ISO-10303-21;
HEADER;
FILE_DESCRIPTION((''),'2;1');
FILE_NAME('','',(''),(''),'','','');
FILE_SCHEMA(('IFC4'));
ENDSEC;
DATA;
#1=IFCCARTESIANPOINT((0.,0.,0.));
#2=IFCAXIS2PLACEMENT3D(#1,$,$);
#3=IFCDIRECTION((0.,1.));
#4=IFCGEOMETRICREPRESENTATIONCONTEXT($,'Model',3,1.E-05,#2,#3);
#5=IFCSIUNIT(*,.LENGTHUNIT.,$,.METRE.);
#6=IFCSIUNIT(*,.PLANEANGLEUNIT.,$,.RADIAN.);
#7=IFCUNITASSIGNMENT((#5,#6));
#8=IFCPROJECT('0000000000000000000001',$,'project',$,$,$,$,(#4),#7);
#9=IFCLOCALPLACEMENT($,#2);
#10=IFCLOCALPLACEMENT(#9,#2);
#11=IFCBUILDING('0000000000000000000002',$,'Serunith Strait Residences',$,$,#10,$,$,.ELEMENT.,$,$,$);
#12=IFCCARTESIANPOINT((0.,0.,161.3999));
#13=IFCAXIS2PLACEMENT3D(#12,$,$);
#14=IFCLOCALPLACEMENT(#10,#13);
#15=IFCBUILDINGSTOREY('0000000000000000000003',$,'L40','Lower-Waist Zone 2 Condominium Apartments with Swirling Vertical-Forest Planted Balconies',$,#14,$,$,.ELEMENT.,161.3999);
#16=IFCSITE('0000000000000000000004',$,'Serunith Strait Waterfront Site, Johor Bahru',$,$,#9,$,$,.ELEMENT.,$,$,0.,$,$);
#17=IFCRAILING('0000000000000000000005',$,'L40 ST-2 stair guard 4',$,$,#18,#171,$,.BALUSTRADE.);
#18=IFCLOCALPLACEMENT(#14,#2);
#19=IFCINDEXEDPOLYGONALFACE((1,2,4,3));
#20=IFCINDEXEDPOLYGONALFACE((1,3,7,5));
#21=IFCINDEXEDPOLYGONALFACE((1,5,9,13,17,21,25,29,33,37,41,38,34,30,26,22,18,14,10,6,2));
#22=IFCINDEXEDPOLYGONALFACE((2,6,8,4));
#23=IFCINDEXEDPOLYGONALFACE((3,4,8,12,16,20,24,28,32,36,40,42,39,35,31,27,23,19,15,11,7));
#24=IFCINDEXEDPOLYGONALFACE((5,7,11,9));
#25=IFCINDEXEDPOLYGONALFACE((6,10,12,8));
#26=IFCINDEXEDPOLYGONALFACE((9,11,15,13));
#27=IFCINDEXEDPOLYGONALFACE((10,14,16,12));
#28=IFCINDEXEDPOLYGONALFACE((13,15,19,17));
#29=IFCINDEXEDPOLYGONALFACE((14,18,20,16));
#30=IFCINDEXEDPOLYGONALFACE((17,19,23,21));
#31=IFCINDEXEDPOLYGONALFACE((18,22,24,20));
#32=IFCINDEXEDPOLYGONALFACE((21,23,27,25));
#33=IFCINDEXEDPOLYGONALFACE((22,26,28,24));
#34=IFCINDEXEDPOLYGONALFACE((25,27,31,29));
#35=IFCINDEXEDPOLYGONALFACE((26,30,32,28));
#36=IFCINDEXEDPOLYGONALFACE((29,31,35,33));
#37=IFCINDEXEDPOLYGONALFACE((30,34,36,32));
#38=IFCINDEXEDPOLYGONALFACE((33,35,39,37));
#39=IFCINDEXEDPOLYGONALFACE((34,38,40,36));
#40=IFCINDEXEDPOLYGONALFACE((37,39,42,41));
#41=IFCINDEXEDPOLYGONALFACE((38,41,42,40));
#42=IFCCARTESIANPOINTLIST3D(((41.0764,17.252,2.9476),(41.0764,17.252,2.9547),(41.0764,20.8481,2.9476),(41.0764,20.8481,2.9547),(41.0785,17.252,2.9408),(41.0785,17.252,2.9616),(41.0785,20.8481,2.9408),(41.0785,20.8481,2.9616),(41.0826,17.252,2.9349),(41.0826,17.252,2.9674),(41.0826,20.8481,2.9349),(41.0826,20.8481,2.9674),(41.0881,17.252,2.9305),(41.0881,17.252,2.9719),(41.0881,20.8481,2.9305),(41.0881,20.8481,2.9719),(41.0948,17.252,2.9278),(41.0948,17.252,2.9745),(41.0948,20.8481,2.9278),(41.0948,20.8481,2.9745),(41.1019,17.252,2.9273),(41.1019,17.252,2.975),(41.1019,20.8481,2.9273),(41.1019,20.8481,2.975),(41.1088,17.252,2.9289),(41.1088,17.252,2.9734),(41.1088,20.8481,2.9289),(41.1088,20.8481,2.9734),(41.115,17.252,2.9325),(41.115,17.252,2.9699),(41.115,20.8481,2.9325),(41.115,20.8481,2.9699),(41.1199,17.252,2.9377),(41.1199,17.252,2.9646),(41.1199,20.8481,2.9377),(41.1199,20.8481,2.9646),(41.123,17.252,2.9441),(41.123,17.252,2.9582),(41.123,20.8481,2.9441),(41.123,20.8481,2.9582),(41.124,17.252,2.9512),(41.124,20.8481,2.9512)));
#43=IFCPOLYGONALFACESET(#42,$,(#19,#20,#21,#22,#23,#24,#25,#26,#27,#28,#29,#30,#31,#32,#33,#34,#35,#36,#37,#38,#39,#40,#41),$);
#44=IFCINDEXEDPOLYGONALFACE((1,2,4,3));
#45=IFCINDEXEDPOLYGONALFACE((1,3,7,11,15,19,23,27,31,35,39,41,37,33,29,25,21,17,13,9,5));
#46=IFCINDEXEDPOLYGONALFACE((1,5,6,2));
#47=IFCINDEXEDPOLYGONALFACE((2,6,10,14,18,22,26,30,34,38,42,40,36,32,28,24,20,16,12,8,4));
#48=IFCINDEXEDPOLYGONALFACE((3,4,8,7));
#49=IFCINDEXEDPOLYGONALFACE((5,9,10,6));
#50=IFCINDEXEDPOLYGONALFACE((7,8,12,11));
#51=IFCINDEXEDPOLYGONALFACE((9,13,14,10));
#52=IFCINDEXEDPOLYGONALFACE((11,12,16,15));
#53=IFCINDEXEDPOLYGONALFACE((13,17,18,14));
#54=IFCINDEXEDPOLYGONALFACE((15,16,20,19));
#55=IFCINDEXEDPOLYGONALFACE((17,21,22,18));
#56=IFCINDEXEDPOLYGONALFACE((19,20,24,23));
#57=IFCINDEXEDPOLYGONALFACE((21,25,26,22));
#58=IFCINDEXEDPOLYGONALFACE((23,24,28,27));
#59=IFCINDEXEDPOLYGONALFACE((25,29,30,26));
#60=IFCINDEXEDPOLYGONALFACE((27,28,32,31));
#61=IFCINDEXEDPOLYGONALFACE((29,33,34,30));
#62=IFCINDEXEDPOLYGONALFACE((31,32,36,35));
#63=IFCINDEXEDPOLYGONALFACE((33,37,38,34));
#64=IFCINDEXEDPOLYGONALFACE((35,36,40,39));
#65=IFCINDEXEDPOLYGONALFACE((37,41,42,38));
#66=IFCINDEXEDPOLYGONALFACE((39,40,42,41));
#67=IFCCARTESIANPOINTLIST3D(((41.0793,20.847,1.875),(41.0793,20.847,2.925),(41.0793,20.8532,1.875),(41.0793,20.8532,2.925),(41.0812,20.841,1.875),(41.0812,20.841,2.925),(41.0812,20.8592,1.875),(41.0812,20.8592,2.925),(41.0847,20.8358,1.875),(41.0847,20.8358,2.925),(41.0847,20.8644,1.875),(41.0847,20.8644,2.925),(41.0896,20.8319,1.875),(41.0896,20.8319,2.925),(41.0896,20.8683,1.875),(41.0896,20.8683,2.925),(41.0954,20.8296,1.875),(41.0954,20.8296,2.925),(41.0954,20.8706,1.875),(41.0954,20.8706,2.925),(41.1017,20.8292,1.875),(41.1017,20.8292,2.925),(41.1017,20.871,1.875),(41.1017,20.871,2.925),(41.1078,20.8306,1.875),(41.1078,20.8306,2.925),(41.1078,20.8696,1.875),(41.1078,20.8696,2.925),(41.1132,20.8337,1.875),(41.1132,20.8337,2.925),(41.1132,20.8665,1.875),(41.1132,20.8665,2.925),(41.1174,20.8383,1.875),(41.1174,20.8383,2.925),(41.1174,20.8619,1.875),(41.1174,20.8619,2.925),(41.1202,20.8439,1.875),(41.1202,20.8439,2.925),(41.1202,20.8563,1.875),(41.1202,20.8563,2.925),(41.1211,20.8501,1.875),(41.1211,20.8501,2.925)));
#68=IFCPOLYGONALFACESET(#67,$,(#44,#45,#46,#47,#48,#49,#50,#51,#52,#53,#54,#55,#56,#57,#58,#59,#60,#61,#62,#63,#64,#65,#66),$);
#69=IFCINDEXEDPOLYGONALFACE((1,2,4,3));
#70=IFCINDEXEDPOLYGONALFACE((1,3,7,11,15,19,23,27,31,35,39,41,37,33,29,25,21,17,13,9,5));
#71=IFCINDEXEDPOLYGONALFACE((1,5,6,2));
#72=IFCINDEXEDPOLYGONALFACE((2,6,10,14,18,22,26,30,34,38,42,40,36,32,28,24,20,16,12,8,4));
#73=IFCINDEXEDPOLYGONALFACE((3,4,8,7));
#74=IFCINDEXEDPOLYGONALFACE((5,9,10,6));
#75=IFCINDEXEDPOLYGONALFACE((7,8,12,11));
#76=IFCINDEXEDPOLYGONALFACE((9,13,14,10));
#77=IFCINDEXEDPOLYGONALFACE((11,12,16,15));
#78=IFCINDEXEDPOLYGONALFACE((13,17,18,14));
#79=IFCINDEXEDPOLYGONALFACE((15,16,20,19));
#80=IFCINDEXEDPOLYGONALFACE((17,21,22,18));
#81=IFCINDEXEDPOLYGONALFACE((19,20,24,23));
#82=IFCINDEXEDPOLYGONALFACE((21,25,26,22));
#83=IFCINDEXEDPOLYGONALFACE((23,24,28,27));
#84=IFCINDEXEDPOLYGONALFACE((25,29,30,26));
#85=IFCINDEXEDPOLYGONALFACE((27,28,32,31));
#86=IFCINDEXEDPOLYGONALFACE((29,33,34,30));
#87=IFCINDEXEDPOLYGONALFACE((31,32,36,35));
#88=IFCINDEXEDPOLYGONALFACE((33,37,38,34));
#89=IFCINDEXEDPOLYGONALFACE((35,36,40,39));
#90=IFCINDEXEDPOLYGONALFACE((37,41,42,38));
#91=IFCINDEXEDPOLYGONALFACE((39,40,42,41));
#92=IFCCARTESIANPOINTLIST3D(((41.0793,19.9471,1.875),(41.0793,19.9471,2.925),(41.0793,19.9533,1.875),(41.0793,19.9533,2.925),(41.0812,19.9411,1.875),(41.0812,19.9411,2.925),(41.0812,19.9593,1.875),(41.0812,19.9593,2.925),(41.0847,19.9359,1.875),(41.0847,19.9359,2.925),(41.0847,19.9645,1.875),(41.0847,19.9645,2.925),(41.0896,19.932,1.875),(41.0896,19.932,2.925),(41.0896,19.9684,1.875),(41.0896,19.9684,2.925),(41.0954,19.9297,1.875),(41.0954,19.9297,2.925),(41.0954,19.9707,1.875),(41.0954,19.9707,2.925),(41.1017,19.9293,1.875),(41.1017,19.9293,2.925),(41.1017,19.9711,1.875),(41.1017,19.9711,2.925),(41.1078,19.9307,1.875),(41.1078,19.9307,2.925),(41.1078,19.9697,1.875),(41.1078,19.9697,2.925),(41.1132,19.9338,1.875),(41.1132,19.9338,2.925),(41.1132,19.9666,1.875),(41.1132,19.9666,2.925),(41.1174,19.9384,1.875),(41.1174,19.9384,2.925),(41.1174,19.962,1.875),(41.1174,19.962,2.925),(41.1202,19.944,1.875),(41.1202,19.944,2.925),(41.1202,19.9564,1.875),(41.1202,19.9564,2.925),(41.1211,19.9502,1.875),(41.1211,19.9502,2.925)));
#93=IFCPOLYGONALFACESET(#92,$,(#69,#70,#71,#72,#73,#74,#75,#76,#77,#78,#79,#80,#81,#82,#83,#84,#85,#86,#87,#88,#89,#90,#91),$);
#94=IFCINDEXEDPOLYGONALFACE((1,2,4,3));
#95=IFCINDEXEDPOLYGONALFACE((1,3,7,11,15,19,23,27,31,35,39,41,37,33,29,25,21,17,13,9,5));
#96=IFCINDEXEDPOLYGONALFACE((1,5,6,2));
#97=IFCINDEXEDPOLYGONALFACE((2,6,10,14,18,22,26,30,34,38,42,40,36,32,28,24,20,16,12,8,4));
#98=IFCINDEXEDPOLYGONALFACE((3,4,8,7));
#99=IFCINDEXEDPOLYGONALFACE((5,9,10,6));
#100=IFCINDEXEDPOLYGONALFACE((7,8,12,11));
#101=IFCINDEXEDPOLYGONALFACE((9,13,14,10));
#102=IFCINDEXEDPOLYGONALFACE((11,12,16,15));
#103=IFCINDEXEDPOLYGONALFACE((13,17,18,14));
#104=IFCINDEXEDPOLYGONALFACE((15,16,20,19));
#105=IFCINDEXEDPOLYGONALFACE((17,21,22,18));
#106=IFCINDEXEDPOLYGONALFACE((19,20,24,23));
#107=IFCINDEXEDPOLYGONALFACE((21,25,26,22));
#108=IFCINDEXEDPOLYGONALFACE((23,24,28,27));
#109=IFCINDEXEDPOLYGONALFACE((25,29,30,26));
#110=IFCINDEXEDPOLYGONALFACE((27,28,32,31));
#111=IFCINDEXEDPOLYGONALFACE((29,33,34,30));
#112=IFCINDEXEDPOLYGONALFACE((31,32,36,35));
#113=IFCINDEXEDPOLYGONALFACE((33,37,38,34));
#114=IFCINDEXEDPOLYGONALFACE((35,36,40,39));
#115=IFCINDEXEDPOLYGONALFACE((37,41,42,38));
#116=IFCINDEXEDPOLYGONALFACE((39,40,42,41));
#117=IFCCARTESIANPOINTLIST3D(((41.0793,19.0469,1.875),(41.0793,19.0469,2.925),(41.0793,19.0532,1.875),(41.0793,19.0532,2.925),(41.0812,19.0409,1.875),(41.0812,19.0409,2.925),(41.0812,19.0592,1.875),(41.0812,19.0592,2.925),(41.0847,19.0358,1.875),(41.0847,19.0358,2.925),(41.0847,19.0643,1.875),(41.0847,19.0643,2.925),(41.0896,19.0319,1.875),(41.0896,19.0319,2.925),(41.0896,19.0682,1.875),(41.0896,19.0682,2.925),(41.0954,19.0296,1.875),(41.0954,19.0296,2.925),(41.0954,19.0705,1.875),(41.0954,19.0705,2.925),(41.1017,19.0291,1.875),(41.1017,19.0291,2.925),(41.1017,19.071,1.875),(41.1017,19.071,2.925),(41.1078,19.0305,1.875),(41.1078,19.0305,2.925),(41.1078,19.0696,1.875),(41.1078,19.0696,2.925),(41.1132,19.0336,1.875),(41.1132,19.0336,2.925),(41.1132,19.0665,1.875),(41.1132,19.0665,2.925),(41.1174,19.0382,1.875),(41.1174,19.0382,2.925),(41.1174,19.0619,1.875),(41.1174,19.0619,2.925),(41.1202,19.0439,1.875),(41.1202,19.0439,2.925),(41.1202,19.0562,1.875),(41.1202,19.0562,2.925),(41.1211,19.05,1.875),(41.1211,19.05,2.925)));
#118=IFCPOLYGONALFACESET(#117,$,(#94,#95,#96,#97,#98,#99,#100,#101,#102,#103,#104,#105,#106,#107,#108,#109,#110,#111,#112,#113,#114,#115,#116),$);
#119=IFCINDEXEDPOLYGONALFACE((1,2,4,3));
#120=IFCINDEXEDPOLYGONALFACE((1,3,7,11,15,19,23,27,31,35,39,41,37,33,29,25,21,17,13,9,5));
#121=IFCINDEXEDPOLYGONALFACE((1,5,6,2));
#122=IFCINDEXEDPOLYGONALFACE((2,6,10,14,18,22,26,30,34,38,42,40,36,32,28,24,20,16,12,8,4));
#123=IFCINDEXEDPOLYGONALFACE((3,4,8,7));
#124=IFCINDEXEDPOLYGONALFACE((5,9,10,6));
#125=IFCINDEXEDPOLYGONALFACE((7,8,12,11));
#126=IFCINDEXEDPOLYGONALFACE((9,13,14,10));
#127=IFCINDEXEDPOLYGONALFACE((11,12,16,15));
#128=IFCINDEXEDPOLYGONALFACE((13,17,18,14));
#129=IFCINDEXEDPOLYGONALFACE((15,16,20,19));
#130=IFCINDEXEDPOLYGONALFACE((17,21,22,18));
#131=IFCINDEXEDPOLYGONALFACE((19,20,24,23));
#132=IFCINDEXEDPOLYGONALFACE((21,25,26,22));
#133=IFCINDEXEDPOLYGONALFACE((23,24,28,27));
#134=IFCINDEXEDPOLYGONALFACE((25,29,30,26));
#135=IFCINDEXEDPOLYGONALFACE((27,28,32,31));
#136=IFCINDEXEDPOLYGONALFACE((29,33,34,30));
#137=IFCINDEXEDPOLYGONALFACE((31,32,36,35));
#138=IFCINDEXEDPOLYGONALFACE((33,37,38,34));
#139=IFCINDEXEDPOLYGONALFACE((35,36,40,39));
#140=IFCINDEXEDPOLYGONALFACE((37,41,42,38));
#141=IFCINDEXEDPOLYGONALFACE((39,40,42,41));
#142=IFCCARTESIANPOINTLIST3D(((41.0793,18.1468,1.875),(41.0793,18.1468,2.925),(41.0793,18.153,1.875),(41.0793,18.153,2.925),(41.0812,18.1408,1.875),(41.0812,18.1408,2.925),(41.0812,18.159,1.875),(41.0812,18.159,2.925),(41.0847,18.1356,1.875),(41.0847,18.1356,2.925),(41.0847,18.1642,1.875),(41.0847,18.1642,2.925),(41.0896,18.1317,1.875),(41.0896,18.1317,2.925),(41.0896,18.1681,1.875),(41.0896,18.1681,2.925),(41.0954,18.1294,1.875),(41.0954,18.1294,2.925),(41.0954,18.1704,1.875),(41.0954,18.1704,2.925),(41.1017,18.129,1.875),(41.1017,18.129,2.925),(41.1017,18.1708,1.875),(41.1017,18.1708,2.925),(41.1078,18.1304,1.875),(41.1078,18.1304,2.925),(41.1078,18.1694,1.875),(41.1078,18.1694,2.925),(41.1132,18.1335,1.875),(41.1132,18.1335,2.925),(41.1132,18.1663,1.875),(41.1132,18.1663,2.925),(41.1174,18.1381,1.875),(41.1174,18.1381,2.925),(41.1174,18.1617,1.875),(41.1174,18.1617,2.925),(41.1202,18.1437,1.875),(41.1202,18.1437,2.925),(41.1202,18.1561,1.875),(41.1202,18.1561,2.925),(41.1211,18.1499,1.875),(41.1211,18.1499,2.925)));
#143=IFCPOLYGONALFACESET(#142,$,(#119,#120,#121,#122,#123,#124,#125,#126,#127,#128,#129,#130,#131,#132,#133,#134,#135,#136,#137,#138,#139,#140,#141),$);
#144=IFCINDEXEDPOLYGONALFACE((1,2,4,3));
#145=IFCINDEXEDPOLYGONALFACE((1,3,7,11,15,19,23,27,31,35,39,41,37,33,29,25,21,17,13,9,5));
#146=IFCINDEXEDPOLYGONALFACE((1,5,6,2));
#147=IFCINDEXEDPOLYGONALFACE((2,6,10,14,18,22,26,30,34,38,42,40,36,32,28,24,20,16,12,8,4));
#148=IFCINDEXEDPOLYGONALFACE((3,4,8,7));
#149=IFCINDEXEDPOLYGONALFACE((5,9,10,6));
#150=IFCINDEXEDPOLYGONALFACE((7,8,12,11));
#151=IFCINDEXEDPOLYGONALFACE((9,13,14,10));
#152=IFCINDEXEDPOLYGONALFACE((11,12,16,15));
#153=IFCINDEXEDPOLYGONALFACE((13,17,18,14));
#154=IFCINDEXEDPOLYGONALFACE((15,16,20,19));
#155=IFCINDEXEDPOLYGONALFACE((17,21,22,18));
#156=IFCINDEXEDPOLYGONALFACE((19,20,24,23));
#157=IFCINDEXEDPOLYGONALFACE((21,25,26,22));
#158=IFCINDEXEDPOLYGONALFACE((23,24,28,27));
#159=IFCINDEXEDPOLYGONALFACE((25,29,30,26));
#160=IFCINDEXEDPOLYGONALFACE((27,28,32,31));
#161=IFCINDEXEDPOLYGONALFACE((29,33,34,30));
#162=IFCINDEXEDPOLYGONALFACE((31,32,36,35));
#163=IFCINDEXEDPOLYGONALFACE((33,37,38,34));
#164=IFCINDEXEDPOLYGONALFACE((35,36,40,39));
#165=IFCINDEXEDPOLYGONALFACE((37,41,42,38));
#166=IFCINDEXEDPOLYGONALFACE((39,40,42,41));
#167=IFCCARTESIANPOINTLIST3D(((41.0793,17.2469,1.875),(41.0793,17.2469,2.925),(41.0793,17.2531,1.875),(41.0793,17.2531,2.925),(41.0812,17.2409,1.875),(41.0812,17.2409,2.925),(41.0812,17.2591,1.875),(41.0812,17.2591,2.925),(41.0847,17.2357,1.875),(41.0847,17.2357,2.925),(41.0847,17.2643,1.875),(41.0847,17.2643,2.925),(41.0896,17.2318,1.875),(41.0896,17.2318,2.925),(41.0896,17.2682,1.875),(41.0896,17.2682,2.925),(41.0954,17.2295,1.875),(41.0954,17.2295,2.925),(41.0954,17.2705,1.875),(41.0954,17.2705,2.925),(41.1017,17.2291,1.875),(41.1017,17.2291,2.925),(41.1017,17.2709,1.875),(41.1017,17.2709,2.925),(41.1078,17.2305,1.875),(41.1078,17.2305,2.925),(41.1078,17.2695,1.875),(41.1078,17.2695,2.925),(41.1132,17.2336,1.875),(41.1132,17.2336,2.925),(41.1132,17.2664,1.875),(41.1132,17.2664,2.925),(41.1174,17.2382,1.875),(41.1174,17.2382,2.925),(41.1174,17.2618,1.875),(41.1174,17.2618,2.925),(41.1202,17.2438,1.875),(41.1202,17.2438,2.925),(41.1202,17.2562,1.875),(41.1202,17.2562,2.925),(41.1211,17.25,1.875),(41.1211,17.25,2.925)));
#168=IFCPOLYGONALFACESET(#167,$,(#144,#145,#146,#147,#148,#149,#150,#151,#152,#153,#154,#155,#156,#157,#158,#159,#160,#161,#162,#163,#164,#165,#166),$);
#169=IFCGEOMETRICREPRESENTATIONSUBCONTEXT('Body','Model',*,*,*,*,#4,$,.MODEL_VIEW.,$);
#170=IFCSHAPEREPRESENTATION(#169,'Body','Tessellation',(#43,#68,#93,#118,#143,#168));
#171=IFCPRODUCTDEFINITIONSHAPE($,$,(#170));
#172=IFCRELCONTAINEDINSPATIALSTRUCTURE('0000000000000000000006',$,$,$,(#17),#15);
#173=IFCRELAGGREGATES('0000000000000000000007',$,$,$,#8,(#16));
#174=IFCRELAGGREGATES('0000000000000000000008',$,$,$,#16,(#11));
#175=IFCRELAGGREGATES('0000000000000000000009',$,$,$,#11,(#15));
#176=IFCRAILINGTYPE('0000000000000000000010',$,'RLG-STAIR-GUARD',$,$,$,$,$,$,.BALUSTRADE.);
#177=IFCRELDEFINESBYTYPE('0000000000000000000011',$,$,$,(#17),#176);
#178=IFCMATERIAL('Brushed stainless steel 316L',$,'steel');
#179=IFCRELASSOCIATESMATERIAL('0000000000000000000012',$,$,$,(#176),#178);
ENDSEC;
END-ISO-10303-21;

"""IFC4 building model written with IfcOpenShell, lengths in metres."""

from ifc_helpers import new_model, si_unit, direction, frame, origin, origin_2d, place, context, subcontext, project, spatial, circle, extrude, material, type_object, element, save


model = new_model("IFC4")

# Units and contexts
model_context = context("Model", 3, precision=1e-05, world=origin(), true_north=direction((0.0, 1.0)))
body_context = subcontext(model_context, "Body", "Model", "MODEL_VIEW")
ifc_project = project(units=[si_unit("LENGTHUNIT", "METRE"), si_unit("PLANEANGLEUNIT", "RADIAN")], contexts=[model_context])

# Site, building, storey
site_placement = place(None, origin())
site = spatial("IfcSite", under=ifc_project, at=site_placement, Name="Serunith Strait Waterfront Site, Johor Bahru", CompositionType="ELEMENT", RefElevation=0.0)
building_placement = place(site_placement, origin())
building = spatial("IfcBuilding", under=site, at=building_placement, Name="Serunith Strait Residences", CompositionType="ELEMENT")
storey_placement = place(building_placement, frame((0.0, 0.0, 161.3999)))
storey = spatial("IfcBuildingStorey", under=building, at=storey_placement, Name="L40", Description="Lower-Waist Zone 2 Condominium Apartments with Swirling Vertical-Forest Planted Balconies", CompositionType="ELEMENT", Elevation=161.3999)

# Railing
ifc_material_1 = material(Name="Brushed stainless steel 316L", Category="steel")
railing_type_1 = type_object("IfcRailingType", Name="RLG-STAIR-GUARD", PredefinedType="BALUSTRADE", material=ifc_material_1)
for number, where, name in (
    (1, (41.1001, 20.8501, 1.875), "L40 ST-2 stair guard 4"),
):
    element("IfcRailing", number, at=place(storey_placement, frame(where)), inside=storey, type_object=railing_type_1, Name=name, PredefinedType="BALUSTRADE", context=body_context, shape_type="SweptSolid", body=[
        extrude(circle(Radius=0.0239, at=origin_2d()), frame((0.0, -0.002, 1.0762), z_axis=(0.0, -1.0, 0.0), x_axis=(1.0, 0.0, 0.0)), (0.0, 0.0, 1.0), 3.5962),
        extrude(circle(Radius=0.021, at=origin_2d()), origin(), (0.0, 0.0, 1.0), 1.05),
        extrude(circle(Radius=0.021, at=origin_2d()), frame((0.0, -0.8999, 0.0)), (0.0, 0.0, 1.0), 1.05),
        extrude(circle(Radius=0.021, at=origin_2d()), frame((0.0, -1.8, 0.0)), (0.0, 0.0, 1.0), 1.05),
        extrude(circle(Radius=0.021, at=origin_2d()), frame((0.0, -2.7002, 0.0)), (0.0, 0.0, 1.0), 1.05),
        extrude(circle(Radius=0.021, at=origin_2d()), frame((0.0, -3.6001, 0.0)), (0.0, 0.0, 1.0), 1.05),
    ])

save(model, "model.ifc")
